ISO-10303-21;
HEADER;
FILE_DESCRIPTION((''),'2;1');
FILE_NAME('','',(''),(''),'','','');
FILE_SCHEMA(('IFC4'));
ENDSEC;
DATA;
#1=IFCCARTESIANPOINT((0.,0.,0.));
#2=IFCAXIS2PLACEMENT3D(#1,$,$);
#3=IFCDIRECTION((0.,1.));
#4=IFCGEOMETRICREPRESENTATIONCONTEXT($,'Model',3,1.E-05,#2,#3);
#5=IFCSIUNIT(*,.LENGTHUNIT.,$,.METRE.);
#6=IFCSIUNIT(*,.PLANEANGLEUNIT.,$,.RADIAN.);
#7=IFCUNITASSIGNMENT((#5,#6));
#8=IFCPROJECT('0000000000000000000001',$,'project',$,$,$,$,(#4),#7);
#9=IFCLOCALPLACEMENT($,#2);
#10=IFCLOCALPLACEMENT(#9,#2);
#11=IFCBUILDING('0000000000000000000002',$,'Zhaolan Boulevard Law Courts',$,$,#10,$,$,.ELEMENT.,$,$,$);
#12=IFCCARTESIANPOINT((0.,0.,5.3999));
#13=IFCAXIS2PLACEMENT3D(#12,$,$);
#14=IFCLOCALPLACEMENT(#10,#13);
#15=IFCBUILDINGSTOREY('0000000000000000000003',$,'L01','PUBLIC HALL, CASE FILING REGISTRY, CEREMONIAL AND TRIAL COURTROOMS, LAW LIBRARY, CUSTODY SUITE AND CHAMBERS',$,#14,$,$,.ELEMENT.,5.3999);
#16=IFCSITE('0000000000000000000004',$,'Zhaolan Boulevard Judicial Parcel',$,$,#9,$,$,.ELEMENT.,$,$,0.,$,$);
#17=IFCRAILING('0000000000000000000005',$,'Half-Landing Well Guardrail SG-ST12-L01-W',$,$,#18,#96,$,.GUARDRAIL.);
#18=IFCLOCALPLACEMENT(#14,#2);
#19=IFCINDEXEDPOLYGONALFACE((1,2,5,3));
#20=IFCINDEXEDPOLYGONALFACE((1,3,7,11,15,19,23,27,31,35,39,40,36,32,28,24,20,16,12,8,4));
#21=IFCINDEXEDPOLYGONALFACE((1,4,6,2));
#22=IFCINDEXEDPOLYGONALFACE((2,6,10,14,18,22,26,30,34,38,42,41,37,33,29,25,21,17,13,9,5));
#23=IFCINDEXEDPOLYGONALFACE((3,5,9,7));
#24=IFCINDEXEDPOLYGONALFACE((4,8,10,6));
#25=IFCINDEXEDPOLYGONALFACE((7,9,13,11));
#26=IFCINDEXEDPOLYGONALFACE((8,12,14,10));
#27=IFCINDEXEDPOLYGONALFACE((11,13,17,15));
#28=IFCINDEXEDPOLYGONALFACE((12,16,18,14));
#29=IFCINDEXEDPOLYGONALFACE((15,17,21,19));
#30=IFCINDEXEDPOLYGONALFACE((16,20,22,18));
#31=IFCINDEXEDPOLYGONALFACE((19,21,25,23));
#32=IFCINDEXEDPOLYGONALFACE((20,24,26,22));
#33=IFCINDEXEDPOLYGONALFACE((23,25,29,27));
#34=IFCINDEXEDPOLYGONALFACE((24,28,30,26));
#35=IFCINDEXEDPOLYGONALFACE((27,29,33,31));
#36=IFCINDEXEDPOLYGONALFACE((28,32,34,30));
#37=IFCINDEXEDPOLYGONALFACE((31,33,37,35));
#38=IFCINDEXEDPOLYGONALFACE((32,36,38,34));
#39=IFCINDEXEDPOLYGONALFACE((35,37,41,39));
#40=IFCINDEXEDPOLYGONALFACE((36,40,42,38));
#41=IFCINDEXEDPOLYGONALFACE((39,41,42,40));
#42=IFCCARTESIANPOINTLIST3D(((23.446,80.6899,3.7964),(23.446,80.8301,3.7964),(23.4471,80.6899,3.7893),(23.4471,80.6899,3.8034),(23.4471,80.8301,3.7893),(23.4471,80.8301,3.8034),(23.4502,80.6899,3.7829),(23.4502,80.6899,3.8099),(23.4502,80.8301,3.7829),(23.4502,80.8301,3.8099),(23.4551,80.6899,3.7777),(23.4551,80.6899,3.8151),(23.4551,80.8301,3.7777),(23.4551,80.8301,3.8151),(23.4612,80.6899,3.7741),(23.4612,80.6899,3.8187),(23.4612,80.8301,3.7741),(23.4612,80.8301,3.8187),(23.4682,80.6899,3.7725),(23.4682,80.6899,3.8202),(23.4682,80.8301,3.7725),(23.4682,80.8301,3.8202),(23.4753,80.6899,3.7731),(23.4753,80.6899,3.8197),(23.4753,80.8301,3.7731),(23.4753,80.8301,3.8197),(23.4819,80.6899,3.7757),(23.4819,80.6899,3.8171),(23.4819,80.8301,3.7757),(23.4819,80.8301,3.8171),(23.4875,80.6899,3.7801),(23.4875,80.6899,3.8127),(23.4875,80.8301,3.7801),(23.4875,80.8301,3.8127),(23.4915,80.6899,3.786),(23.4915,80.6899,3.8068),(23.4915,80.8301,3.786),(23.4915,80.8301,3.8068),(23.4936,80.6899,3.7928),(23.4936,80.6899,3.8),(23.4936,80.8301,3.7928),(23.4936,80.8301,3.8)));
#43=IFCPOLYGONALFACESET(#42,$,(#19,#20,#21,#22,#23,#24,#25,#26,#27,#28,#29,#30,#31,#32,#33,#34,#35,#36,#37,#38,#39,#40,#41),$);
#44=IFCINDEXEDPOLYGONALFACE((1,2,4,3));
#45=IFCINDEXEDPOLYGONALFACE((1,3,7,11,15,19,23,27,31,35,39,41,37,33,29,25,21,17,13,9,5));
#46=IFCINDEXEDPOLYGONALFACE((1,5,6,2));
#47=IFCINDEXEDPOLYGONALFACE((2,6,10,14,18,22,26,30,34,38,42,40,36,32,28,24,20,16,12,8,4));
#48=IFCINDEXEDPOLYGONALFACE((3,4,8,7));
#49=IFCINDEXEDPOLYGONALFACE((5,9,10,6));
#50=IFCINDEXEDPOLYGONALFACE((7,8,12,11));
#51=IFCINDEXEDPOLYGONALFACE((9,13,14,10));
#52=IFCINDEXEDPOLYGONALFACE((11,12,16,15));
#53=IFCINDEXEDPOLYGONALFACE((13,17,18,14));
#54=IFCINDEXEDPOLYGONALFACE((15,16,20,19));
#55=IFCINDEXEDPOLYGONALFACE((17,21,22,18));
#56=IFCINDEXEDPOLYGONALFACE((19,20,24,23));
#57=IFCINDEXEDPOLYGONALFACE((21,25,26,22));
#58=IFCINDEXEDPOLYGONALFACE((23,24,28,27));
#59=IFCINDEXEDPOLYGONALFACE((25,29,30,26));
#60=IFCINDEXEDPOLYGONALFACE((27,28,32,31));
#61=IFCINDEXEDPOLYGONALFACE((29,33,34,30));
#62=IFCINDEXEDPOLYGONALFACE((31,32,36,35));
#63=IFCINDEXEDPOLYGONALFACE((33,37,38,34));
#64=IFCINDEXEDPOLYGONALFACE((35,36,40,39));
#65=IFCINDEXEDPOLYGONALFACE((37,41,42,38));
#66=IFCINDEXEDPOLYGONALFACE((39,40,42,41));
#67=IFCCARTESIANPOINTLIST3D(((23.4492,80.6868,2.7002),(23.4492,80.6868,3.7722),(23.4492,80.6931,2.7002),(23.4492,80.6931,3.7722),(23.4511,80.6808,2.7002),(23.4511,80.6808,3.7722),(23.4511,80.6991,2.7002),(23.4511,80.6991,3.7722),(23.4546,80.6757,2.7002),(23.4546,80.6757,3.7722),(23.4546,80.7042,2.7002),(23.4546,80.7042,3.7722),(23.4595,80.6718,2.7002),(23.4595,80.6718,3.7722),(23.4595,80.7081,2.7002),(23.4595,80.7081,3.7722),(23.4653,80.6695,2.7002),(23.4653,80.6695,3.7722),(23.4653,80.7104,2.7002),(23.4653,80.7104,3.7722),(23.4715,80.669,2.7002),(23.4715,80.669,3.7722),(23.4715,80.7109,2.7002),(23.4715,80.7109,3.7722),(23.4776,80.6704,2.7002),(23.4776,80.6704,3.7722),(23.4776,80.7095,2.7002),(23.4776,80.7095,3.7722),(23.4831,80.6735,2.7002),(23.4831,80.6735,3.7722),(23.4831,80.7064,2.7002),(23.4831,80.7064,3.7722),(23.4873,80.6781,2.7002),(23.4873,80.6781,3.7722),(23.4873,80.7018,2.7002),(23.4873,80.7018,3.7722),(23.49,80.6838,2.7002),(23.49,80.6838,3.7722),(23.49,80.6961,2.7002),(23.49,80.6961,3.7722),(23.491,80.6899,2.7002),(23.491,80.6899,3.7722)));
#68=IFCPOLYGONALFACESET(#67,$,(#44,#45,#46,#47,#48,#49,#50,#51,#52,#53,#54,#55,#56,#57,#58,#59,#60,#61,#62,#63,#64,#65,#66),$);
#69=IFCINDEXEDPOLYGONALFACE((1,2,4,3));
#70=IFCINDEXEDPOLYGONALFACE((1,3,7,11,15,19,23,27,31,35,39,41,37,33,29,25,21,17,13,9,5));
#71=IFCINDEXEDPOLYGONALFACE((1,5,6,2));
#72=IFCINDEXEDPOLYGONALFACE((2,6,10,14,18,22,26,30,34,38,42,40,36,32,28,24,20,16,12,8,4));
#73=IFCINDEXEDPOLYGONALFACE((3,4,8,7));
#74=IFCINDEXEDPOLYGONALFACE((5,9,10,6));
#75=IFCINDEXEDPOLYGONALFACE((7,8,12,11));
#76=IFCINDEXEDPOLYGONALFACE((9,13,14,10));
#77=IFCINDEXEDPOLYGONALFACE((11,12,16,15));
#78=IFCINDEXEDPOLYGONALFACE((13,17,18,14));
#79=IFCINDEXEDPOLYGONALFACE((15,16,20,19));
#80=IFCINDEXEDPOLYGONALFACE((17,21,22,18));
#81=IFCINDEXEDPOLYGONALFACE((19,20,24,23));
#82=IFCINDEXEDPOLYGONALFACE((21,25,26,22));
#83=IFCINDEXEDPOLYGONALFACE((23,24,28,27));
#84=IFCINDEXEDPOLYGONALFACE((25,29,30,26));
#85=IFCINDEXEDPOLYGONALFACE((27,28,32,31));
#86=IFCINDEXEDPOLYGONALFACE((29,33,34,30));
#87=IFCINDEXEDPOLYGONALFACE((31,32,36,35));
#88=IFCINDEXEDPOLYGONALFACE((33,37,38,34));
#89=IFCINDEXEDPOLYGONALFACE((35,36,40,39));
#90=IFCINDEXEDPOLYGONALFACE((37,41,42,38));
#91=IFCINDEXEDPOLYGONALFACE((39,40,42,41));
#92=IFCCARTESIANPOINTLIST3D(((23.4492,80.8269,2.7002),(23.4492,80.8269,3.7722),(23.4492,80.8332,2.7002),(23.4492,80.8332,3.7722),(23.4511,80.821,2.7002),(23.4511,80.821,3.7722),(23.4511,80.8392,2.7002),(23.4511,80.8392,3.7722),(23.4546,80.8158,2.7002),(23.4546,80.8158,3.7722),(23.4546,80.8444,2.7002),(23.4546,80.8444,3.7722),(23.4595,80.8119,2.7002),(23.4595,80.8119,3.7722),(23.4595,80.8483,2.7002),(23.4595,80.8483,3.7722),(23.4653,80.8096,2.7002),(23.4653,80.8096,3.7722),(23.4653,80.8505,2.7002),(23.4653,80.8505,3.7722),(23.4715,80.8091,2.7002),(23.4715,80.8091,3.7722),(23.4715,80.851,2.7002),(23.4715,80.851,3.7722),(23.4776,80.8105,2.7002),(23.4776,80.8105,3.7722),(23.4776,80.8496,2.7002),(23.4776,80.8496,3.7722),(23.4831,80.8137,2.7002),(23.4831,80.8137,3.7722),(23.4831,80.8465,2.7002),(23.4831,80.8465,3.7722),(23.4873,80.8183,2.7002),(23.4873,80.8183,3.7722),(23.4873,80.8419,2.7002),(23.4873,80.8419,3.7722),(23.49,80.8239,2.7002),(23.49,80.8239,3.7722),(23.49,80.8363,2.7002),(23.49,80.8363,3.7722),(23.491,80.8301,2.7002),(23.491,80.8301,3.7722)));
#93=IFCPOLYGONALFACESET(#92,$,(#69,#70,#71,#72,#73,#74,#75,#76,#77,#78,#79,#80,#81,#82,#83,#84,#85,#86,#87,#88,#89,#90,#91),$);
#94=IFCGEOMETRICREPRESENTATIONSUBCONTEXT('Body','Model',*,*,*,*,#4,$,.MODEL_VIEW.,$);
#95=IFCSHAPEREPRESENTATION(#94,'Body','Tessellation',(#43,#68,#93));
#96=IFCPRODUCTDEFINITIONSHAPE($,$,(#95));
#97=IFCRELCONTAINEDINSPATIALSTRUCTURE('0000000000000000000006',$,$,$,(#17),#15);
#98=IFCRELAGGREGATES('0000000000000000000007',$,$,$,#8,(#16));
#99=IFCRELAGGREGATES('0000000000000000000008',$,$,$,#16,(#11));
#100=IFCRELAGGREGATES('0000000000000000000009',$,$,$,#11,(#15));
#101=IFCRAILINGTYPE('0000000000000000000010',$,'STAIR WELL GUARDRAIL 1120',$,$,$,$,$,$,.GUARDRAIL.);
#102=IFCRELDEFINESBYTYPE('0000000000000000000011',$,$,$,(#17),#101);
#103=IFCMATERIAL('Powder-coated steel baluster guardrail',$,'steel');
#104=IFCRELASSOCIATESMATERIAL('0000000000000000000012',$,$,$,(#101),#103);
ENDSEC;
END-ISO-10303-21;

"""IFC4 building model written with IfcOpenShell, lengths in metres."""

from ifc_helpers import new_model, si_unit, direction, frame, origin, origin_2d, place, context, subcontext, project, spatial, circle, extrude, material, type_object, element, save


model = new_model("IFC4")

# Units and contexts
model_context = context("Model", 3, precision=1e-05, world=origin(), true_north=direction((0.0, 1.0)))
body_context = subcontext(model_context, "Body", "Model", "MODEL_VIEW")
ifc_project = project(units=[si_unit("LENGTHUNIT", "METRE"), si_unit("PLANEANGLEUNIT", "RADIAN")], contexts=[model_context])

# Site, building, storey
site_placement = place(None, origin())
site = spatial("IfcSite", under=ifc_project, at=site_placement, Name="Zhaolan Boulevard Judicial Parcel", CompositionType="ELEMENT", RefElevation=0.0)
building_placement = place(site_placement, origin())
building = spatial("IfcBuilding", under=site, at=building_placement, Name="Zhaolan Boulevard Law Courts", CompositionType="ELEMENT")
storey_placement = place(building_placement, frame((0.0, 0.0, 5.3999)))
storey = spatial("IfcBuildingStorey", under=building, at=storey_placement, Name="L01", Description="PUBLIC HALL, CASE FILING REGISTRY, CEREMONIAL AND TRIAL COURTROOMS, LAW LIBRARY, CUSTODY SUITE AND CHAMBERS", CompositionType="ELEMENT", Elevation=5.3999)

# Railing
ifc_material_1 = material(Name="Powder-coated steel baluster guardrail", Category="steel")
railing_type_1 = type_object("IfcRailingType", Name="STAIR WELL GUARDRAIL 1120", PredefinedType="GUARDRAIL", material=ifc_material_1)
railing_1_placement = place(storey_placement, frame((23.47, 80.6899, 2.7002)))
element("IfcRailing", 1, at=railing_1_placement, inside=storey, type_object=railing_type_1, Name="Half-Landing Well Guardrail SG-ST12-L01-W", PredefinedType="GUARDRAIL", context=body_context, shape_type="SweptSolid", body=[
    extrude(circle(Radius=0.0239, at=origin_2d()), frame((0.0, 0.0, 1.0962), z_axis=(0.0, 1.0, 0.0), x_axis=(-1.0, 0.0, 0.0)), (0.0, 0.0, 1.0), 0.1401),
    extrude(circle(Radius=0.021, at=origin_2d()), origin(), (0.0, 0.0, 1.0), 1.072),
    extrude(circle(Radius=0.021, at=origin_2d()), frame((0.0, 0.1401, 0.0)), (0.0, 0.0, 1.0), 1.072),
])

save(model, "model.ifc")
